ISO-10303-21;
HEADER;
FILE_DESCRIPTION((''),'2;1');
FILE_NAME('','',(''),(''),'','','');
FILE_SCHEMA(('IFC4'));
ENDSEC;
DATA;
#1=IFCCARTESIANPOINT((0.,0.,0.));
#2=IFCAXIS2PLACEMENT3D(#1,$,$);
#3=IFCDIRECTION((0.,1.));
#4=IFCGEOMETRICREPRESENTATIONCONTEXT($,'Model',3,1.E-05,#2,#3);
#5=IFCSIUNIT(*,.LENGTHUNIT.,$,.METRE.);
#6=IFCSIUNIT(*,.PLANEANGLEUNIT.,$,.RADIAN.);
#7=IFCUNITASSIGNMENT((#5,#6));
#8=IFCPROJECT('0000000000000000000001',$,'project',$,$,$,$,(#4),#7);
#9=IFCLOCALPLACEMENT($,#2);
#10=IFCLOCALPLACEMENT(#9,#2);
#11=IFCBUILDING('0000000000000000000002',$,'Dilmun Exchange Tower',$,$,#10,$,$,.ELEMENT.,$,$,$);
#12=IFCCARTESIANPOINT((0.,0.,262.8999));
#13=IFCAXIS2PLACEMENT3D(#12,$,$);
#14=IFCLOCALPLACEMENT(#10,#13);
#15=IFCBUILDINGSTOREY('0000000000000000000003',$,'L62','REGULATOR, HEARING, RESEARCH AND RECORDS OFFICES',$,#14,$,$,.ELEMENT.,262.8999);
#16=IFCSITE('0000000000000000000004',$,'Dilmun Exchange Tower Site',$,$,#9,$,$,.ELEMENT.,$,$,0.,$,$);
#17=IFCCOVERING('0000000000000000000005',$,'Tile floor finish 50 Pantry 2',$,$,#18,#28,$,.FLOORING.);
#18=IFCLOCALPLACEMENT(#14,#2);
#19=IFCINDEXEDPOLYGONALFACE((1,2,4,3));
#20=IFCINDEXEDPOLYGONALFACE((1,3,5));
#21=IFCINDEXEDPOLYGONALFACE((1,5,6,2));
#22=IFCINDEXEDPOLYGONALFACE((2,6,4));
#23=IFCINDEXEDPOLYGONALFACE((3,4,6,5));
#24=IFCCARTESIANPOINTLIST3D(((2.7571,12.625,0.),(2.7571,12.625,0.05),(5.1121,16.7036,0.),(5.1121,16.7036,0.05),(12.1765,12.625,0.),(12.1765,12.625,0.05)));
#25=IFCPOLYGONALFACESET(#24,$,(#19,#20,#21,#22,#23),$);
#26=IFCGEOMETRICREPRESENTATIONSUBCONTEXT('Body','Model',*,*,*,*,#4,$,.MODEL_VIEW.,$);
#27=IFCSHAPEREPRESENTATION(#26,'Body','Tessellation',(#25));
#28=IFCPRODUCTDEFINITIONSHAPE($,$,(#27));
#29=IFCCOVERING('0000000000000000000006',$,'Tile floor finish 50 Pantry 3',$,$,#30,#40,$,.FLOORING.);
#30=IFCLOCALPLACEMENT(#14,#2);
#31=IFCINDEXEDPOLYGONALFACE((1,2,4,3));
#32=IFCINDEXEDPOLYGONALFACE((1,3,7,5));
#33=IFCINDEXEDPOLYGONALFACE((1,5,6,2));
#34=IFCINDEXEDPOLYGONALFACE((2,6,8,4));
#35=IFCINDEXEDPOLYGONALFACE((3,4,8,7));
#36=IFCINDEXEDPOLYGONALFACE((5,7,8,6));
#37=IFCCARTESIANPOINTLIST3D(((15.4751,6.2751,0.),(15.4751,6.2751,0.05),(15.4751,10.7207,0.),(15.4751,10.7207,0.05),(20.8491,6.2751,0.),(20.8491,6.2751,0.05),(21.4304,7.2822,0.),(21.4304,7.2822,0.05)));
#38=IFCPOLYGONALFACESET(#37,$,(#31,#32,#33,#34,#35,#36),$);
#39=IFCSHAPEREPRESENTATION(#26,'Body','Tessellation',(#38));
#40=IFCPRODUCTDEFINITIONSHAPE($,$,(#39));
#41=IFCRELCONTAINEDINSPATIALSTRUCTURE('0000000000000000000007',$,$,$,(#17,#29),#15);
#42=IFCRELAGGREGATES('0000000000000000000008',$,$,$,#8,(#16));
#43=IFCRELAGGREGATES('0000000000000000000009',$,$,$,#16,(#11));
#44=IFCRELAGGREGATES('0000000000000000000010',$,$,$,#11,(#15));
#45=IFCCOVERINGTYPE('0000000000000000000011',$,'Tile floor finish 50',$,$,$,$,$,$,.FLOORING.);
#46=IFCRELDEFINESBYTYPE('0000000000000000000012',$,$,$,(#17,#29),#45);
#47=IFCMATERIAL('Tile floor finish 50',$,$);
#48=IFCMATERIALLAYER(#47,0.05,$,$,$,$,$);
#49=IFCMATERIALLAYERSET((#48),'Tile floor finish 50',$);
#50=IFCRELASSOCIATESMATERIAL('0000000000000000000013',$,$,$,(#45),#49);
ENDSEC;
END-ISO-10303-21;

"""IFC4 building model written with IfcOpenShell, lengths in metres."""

from ifc_helpers import new_model, si_unit, direction, frame, origin, place, context, subcontext, project, spatial, polyline, outline, extrude, material, layer, layer_set, type_object, element, save


model = new_model("IFC4")

# Units and contexts
model_context = context("Model", 3, precision=1e-05, world=origin(), true_north=direction((0.0, 1.0)))
body_context = subcontext(model_context, "Body", "Model", "MODEL_VIEW")
ifc_project = project(units=[si_unit("LENGTHUNIT", "METRE"), si_unit("PLANEANGLEUNIT", "RADIAN")], contexts=[model_context])

# Site, building, storey
site_placement = place(None, origin())
site = spatial("IfcSite", under=ifc_project, at=site_placement, Name="Dilmun Exchange Tower Site", CompositionType="ELEMENT", RefElevation=0.0)
building_placement = place(site_placement, origin())
building = spatial("IfcBuilding", under=site, at=building_placement, Name="Dilmun Exchange Tower", CompositionType="ELEMENT")
storey_placement = place(building_placement, frame((0.0, 0.0, 262.8999)))
storey = spatial("IfcBuildingStorey", under=building, at=storey_placement, Name="L62", Description="REGULATOR, HEARING, RESEARCH AND RECORDS OFFICES", CompositionType="ELEMENT", Elevation=262.8999)

# Coverings
ifc_material_1 = material(Name="Tile floor finish 50")
ifc_layer_1 = layer(ifc_material_1, 0.05)
ifc_layer_set_1 = layer_set([ifc_layer_1], Name="Tile floor finish 50")
covering_type_1 = type_object("IfcCoveringType", Name="Tile floor finish 50", PredefinedType="FLOORING", material=ifc_layer_set_1)
covering_1_placement = place(storey_placement, origin())
element("IfcCovering", 1, at=covering_1_placement, inside=storey, type_object=covering_type_1, Name="Tile floor finish 50 Pantry 2", PredefinedType="FLOORING", context=body_context, shape_type="SweptSolid", body=[
    extrude(outline(polyline([(12.1765, 12.625), (2.7571, 12.625), (5.1121, 16.7036), (12.1765, 12.625)])), origin(), (0.0, 0.0, 1.0), 0.05),
])
covering_2_placement = place(storey_placement, origin())
element("IfcCovering", 2, at=covering_2_placement, inside=storey, type_object=covering_type_1, Name="Tile floor finish 50 Pantry 3", PredefinedType="FLOORING", context=body_context, shape_type="SweptSolid", body=[
    extrude(outline(polyline([(21.4304, 7.2822), (20.8491, 6.2751), (15.4751, 6.2751), (15.4751, 10.7207), (21.4304, 7.2822)])), origin(), (0.0, 0.0, 1.0), 0.05),
])

save(model, "model.ifc")
